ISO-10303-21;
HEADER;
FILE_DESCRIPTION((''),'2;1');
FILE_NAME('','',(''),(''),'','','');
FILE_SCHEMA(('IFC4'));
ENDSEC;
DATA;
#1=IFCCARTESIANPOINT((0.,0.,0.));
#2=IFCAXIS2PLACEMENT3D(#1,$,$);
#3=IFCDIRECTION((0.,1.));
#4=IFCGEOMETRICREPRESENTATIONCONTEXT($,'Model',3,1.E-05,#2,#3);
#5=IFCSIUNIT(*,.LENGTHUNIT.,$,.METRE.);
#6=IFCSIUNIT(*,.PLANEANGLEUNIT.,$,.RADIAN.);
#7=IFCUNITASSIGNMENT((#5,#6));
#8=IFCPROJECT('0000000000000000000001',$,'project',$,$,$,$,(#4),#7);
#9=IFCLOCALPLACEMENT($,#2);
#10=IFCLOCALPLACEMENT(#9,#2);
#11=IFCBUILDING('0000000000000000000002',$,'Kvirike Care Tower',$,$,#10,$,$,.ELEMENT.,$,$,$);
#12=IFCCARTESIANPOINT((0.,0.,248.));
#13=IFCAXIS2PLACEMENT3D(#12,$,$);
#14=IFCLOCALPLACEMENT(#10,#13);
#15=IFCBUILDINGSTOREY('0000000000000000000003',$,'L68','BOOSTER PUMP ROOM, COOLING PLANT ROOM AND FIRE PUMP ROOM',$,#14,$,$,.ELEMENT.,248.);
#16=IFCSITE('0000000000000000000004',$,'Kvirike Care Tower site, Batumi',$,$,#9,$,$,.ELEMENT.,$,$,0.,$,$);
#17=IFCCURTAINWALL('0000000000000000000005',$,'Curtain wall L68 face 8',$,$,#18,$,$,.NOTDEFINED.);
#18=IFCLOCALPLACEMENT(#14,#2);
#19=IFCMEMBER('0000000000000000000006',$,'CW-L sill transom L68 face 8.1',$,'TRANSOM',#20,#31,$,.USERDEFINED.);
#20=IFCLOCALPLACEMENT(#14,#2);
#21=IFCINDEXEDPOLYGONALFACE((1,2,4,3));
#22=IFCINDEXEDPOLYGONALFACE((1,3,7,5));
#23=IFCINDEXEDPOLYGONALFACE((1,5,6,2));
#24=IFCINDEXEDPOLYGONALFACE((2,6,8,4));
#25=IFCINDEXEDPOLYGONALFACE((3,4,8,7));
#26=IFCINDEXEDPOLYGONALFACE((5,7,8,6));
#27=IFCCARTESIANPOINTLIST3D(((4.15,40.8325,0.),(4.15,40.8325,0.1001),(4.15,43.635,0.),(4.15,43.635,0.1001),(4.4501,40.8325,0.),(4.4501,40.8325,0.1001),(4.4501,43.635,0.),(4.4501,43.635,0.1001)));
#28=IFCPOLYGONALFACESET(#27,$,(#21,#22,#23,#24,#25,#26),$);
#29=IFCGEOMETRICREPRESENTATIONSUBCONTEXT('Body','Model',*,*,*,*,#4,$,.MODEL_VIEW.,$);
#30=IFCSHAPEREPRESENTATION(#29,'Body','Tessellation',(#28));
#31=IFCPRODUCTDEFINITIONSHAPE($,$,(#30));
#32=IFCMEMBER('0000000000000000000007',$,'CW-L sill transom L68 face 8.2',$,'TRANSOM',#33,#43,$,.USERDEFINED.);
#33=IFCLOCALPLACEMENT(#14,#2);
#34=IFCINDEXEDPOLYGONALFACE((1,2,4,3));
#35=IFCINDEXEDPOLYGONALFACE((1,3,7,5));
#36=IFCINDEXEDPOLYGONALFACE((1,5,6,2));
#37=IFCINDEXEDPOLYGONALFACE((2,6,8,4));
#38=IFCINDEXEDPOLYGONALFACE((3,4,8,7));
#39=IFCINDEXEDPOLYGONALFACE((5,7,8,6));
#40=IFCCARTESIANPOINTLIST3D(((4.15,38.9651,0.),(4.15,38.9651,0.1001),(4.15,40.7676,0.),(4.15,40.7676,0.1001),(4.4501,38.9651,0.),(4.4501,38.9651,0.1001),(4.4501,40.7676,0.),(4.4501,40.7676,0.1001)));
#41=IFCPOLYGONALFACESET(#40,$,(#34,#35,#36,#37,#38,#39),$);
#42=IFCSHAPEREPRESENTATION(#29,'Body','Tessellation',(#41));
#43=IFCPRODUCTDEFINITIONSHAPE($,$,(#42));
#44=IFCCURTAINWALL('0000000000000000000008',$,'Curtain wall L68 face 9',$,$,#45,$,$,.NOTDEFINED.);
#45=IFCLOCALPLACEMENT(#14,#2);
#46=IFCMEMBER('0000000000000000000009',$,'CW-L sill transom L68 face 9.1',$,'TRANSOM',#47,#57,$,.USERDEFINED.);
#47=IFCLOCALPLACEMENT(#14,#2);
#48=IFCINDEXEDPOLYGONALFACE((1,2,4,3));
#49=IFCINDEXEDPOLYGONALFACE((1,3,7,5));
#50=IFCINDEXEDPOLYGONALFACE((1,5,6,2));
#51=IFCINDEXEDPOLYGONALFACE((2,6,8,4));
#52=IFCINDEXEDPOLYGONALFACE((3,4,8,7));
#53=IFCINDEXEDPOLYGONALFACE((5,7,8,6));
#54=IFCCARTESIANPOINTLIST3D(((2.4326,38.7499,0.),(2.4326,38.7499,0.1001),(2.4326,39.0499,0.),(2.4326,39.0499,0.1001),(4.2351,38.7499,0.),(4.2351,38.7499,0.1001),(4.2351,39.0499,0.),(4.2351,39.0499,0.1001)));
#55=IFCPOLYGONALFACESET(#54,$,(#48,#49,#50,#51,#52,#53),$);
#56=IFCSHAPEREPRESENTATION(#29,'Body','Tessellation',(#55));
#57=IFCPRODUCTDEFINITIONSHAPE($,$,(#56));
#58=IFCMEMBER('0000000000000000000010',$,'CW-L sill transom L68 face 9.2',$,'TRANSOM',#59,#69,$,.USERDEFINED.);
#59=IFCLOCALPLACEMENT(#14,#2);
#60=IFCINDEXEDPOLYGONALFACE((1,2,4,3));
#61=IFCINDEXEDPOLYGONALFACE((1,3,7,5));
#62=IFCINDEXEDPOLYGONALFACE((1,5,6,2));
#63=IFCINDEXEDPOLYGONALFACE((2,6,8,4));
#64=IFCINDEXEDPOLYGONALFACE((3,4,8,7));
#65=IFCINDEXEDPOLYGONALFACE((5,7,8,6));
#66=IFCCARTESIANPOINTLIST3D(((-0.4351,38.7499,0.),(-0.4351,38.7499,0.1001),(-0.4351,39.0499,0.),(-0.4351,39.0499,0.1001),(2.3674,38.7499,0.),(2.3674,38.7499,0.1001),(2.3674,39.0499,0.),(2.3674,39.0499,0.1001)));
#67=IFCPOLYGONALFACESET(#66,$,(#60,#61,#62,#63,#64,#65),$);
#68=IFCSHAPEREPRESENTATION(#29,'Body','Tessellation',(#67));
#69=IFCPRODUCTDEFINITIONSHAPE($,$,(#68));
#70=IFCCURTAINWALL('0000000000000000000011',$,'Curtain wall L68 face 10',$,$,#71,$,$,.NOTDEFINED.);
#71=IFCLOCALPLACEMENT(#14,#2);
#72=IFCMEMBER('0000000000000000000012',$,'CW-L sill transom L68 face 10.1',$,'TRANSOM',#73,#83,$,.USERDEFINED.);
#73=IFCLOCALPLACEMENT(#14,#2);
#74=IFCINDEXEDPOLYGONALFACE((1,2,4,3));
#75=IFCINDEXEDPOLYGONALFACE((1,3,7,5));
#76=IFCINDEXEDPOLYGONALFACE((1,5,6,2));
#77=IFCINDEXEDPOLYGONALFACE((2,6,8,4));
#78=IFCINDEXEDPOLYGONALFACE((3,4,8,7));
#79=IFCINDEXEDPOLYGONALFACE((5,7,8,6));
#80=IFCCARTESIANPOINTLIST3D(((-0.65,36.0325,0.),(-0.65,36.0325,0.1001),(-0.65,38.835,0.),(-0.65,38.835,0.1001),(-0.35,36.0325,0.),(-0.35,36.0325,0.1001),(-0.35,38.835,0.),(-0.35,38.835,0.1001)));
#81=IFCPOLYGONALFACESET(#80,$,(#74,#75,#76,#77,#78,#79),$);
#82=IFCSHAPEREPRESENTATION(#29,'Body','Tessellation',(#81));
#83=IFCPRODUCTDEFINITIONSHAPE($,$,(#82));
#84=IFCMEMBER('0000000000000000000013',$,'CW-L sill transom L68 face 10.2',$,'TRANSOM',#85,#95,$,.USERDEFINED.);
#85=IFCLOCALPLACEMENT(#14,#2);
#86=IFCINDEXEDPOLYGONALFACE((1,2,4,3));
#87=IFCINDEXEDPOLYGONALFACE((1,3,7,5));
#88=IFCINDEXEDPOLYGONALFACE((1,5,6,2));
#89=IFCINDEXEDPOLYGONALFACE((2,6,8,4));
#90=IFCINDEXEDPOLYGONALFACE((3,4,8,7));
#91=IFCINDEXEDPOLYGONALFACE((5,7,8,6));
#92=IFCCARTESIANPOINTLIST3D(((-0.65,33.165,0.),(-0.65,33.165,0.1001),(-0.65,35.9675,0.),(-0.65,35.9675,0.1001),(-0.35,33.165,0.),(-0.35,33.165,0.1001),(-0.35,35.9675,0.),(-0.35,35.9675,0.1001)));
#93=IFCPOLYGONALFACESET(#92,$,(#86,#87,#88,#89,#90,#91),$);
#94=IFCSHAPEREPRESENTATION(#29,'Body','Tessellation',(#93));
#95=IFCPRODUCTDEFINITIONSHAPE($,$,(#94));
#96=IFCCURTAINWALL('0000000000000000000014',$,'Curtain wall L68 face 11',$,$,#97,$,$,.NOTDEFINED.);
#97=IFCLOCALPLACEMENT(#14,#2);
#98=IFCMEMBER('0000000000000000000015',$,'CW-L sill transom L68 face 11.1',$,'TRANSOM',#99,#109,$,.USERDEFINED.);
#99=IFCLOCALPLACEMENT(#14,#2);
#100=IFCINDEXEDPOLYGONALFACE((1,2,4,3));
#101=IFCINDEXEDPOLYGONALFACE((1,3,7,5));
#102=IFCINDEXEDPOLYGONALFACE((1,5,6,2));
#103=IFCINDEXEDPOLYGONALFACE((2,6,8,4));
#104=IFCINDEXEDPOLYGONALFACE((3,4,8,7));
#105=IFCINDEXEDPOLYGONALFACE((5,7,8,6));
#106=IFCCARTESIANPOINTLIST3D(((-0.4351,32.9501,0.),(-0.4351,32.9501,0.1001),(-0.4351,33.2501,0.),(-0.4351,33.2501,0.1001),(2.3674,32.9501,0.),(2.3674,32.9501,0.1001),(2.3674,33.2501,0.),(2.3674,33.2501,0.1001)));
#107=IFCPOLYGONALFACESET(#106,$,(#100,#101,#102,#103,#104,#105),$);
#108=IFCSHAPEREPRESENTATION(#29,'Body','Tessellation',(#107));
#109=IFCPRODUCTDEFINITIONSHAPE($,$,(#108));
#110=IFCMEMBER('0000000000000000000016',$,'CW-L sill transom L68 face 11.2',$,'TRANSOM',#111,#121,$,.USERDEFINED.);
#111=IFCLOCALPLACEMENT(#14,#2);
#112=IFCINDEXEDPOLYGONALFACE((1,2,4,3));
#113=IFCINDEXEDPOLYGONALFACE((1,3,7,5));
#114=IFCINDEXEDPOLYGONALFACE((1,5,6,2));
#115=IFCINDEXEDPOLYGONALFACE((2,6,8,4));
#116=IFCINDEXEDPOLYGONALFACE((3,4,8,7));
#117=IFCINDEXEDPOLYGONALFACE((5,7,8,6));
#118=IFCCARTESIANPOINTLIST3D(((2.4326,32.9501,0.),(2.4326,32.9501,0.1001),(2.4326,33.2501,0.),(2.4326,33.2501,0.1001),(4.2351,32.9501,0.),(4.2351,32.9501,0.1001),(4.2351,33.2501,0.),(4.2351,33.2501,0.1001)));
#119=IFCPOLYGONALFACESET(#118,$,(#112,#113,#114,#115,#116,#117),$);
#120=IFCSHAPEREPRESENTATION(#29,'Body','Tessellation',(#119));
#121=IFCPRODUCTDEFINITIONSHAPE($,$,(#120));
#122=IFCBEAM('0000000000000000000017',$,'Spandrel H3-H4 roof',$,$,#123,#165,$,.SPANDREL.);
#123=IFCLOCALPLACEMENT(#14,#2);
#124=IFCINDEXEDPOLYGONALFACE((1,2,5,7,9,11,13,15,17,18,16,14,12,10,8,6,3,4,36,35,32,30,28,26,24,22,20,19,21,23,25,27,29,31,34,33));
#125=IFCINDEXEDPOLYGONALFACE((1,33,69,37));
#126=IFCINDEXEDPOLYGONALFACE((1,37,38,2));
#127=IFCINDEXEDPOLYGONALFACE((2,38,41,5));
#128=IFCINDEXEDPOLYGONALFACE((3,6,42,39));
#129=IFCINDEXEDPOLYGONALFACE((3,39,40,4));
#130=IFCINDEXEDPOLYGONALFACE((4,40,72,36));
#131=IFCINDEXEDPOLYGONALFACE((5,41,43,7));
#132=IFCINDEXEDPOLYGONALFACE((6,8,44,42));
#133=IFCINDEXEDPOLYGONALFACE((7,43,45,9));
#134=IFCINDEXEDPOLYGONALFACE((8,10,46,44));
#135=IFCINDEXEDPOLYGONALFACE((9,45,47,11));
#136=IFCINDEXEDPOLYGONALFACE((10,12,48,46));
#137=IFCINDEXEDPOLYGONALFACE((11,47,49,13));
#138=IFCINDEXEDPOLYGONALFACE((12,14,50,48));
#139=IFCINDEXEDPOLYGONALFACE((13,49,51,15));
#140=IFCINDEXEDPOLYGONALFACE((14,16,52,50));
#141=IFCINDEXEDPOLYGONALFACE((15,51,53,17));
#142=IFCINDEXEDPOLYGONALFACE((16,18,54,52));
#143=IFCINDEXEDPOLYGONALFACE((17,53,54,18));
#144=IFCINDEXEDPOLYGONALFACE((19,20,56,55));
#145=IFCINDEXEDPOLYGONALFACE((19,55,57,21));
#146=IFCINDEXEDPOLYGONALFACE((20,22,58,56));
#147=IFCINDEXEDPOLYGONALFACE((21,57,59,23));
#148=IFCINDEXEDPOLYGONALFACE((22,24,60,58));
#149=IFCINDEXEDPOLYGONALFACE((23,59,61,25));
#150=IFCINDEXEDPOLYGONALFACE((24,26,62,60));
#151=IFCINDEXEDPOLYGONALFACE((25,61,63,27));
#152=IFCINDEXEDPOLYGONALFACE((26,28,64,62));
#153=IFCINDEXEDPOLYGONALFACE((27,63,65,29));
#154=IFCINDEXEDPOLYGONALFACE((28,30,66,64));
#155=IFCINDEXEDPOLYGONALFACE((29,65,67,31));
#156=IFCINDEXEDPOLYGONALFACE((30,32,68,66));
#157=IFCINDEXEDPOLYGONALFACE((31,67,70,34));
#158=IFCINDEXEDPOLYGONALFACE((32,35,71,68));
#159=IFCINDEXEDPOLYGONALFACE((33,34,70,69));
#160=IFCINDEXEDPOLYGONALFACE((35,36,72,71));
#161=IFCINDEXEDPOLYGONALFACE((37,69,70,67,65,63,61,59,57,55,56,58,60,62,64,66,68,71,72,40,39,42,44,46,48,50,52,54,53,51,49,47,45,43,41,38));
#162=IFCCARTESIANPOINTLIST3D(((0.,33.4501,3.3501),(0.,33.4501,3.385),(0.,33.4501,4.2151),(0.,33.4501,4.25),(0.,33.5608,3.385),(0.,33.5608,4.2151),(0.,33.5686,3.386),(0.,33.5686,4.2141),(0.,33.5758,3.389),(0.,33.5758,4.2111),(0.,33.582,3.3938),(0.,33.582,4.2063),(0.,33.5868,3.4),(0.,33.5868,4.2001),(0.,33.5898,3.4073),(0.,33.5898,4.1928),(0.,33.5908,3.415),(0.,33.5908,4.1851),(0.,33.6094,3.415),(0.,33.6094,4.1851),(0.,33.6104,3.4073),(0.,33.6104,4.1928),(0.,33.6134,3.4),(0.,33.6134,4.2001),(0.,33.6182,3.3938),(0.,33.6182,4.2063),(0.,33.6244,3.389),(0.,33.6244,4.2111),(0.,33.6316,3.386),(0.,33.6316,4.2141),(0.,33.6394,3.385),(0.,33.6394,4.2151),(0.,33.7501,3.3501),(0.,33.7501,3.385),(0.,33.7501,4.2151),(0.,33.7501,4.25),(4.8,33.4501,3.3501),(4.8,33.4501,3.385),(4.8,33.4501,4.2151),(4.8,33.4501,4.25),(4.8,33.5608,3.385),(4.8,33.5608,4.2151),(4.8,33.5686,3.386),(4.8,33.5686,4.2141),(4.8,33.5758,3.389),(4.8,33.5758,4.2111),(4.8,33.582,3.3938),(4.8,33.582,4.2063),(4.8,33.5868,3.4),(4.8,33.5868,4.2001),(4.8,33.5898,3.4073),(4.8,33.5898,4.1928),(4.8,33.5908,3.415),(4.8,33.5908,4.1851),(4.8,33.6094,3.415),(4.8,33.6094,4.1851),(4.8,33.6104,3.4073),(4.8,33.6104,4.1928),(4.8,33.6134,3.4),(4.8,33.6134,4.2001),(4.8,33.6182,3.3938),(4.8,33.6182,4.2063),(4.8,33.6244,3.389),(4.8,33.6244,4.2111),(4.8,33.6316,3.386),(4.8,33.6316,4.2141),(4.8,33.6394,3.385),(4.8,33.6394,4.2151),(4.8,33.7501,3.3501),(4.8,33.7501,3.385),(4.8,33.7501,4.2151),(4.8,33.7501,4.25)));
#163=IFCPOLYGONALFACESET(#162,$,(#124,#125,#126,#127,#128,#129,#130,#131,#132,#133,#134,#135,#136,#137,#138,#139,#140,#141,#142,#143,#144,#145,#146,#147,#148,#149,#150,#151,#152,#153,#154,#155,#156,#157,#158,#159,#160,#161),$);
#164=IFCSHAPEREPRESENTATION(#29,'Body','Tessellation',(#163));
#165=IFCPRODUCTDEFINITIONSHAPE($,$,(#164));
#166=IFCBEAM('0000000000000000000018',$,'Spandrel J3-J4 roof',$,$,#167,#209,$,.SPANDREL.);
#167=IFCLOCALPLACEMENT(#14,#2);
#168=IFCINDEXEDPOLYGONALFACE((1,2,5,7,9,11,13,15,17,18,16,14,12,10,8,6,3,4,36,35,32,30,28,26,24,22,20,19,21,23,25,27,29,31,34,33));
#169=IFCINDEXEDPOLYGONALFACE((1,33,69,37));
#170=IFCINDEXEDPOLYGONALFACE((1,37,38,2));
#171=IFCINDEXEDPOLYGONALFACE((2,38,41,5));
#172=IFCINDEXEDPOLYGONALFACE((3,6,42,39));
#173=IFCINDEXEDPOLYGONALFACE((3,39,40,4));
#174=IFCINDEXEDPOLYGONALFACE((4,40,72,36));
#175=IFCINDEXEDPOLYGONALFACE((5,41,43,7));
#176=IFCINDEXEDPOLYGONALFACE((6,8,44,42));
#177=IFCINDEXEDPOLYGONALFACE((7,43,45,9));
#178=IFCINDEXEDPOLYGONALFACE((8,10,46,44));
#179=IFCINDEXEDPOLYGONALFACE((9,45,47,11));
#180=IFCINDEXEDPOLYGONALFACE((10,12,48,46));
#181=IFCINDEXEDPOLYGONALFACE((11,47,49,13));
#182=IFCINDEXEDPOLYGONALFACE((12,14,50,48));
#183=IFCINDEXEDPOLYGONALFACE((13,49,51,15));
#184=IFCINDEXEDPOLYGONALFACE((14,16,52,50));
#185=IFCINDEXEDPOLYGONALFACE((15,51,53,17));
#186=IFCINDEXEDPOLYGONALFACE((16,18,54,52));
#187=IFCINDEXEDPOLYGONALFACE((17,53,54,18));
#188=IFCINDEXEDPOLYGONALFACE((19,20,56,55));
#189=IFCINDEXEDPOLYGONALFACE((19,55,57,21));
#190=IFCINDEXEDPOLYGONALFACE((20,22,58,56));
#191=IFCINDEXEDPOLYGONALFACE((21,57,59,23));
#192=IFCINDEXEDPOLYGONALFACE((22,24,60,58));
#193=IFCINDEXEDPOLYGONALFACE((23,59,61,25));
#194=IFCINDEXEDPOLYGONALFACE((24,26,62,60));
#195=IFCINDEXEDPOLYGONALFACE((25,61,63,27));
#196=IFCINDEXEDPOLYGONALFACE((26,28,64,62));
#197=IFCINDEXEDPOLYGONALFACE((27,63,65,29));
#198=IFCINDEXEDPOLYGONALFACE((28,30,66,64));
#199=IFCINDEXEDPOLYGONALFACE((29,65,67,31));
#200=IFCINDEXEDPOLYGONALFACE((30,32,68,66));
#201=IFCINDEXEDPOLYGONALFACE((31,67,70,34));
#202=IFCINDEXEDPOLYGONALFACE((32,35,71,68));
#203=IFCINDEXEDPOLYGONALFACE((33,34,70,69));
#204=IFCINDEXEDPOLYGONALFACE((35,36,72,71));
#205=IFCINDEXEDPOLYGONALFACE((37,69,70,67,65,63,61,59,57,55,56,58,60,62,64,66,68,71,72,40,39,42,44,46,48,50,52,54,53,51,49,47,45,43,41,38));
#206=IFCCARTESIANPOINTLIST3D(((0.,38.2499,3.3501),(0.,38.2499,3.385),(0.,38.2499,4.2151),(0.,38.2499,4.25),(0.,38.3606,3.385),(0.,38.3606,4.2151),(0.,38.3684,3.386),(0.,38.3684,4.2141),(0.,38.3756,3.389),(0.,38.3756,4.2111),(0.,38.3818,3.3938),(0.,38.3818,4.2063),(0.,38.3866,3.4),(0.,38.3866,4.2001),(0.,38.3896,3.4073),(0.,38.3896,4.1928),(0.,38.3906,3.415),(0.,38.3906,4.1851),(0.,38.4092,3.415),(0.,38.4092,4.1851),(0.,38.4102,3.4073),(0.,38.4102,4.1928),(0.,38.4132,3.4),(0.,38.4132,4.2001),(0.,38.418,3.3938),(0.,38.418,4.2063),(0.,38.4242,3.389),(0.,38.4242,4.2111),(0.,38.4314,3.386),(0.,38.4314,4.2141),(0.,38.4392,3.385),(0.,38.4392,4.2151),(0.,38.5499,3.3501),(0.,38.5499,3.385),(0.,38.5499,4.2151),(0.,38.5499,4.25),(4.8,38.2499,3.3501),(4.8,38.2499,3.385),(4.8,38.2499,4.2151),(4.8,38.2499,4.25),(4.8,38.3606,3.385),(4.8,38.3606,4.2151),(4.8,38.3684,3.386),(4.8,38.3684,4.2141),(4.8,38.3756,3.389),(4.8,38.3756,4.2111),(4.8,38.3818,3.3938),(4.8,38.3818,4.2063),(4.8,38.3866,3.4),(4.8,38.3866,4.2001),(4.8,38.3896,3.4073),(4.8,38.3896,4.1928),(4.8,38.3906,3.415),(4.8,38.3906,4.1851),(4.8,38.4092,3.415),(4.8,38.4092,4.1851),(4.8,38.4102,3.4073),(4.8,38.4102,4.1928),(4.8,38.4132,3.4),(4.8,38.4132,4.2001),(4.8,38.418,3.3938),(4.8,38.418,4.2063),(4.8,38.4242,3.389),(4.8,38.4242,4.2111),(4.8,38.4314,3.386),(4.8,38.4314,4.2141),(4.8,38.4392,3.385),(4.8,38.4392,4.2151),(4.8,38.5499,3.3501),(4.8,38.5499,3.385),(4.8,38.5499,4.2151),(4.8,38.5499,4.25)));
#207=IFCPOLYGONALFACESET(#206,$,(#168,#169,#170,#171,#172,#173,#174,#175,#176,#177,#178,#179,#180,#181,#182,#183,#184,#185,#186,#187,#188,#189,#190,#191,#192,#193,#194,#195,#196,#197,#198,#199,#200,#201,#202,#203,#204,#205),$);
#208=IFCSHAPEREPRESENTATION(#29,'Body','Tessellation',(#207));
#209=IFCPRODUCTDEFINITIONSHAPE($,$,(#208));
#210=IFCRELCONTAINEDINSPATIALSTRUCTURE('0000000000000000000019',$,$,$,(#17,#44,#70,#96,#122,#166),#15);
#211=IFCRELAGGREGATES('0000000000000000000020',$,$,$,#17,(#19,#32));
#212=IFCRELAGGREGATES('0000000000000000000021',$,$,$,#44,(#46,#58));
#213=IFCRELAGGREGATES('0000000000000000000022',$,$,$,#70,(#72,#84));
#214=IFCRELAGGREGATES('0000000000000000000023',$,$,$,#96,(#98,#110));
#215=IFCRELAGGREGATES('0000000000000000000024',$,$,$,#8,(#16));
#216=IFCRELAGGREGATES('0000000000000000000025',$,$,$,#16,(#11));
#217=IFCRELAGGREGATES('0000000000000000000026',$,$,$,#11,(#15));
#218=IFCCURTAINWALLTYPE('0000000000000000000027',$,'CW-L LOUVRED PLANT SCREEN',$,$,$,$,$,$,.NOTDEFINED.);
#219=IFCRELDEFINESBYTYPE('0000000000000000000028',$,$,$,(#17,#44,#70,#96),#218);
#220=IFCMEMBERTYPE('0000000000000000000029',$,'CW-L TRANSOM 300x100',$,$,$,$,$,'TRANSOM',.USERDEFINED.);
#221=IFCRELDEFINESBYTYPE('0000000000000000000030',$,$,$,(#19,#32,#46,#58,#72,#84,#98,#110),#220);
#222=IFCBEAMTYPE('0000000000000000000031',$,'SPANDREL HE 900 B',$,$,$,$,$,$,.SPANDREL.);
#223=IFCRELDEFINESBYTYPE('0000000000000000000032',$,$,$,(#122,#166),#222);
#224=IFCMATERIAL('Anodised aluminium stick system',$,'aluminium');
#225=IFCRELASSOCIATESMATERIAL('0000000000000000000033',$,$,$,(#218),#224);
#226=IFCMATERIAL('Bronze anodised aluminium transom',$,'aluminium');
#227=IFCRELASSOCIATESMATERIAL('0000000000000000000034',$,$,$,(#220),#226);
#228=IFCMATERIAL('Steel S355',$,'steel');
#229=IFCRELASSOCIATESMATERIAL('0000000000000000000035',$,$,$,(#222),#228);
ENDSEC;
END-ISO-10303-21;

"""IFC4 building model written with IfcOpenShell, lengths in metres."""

from ifc_helpers import new_model, si_unit, direction, frame, origin, origin_2d, place, context, subcontext, project, spatial, rectangle, i_section, extrude, material, material_profile, profile_set, type_object, element, aggregate, save


model = new_model("IFC4")

# Units and contexts
model_context = context("Model", 3, precision=1e-05, world=origin(), true_north=direction((0.0, 1.0)))
body_context = subcontext(model_context, "Body", "Model", "MODEL_VIEW")
ifc_project = project(units=[si_unit("LENGTHUNIT", "METRE"), si_unit("PLANEANGLEUNIT", "RADIAN")], contexts=[model_context])

# Site, building, storey
site_placement = place(None, origin())
site = spatial("IfcSite", under=ifc_project, at=site_placement, Name="Kvirike Care Tower site, Batumi", CompositionType="ELEMENT", RefElevation=0.0)
building_placement = place(site_placement, origin())
building = spatial("IfcBuilding", under=site, at=building_placement, Name="Kvirike Care Tower", CompositionType="ELEMENT")
storey_placement = place(building_placement, frame((0.0, 0.0, 248.0)))
storey = spatial("IfcBuildingStorey", under=building, at=storey_placement, Name="L68", Description="BOOSTER PUMP ROOM, COOLING PLANT ROOM AND FIRE PUMP ROOM", CompositionType="ELEMENT", Elevation=248.0)

# Curtain walls, members
ifc_material_1 = material(Name="Anodised aluminium stick system", Category="aluminium")
curtain_wall_type = type_object("IfcCurtainWallType", Name="CW-L LOUVRED PLANT SCREEN", PredefinedType="NOTDEFINED", material=ifc_material_1)
curtain_wall_1_placement = place(storey_placement, origin())
curtain_wall_1 = element("IfcCurtainWall", 1, at=curtain_wall_1_placement, inside=storey, type_object=curtain_wall_type, Name="Curtain wall L68 face 8", PredefinedType="NOTDEFINED")
ifc_material_2 = material(Name="Bronze anodised aluminium transom", Category="aluminium")
ifc_material_profile_1 = material_profile(ifc_material_2, rectangle(XDim=0.3, YDim=0.1001, at=origin_2d()), Name="CW-L TRANSOM 300x100")
ifc_profile_set_1 = profile_set([ifc_material_profile_1], Name="Bronze anodised aluminium transom")
member_type = type_object("IfcMemberType", Name="CW-L TRANSOM 300x100", ElementType="TRANSOM", PredefinedType="USERDEFINED", material=ifc_profile_set_1)
member_1_placement = place(storey_placement, frame((4.3, 43.635, 0.05), z_axis=(0.0, -1.0, 0.0), x_axis=(1.0, 0.0, 0.0)))
member_1 = element("IfcMember", 2, at=member_1_placement, type_object=member_type, Name="CW-L sill transom L68 face 8.1", ObjectType="TRANSOM", PredefinedType="USERDEFINED", context=body_context, shape_type="SweptSolid", body=[
    extrude(rectangle(XDim=0.3, YDim=0.1001, at=origin_2d()), origin(), (0.0, 0.0, 1.0), 2.8025),
])
member_2_placement = place(storey_placement, frame((4.3, 40.7676, 0.05), z_axis=(0.0, -1.0, 0.0), x_axis=(1.0, 0.0, 0.0)))
member_2 = element("IfcMember", 3, at=member_2_placement, type_object=member_type, Name="CW-L sill transom L68 face 8.2", ObjectType="TRANSOM", PredefinedType="USERDEFINED", context=body_context, shape_type="SweptSolid", body=[
    extrude(rectangle(XDim=0.3, YDim=0.1001, at=origin_2d()), origin(), (0.0, 0.0, 1.0), 1.8025),
])
curtain_wall_2_placement = place(storey_placement, origin())
curtain_wall_2 = element("IfcCurtainWall", 4, at=curtain_wall_2_placement, inside=storey, type_object=curtain_wall_type, Name="Curtain wall L68 face 9", PredefinedType="NOTDEFINED")
member_3_placement = place(storey_placement, frame((4.2351, 38.8999, 0.05), z_axis=(-1.0, 0.0, 0.0), x_axis=(0.0, -1.0, 0.0)))
member_3 = element("IfcMember", 5, at=member_3_placement, type_object=member_type, Name="CW-L sill transom L68 face 9.1", ObjectType="TRANSOM", PredefinedType="USERDEFINED", context=body_context, shape_type="SweptSolid", body=[
    extrude(rectangle(XDim=0.3, YDim=0.1001, at=origin_2d()), origin(), (0.0, 0.0, 1.0), 1.8025),
])
member_4_placement = place(storey_placement, frame((2.3674, 38.8999, 0.05), z_axis=(-1.0, 0.0, 0.0), x_axis=(0.0, -1.0, 0.0)))
member_4 = element("IfcMember", 6, at=member_4_placement, type_object=member_type, Name="CW-L sill transom L68 face 9.2", ObjectType="TRANSOM", PredefinedType="USERDEFINED", context=body_context, shape_type="SweptSolid", body=[
    extrude(rectangle(XDim=0.3, YDim=0.1001, at=origin_2d()), origin(), (0.0, 0.0, 1.0), 2.8025),
])
curtain_wall_3_placement = place(storey_placement, origin())
curtain_wall_3 = element("IfcCurtainWall", 7, at=curtain_wall_3_placement, inside=storey, type_object=curtain_wall_type, Name="Curtain wall L68 face 10", PredefinedType="NOTDEFINED")
member_5_placement = place(storey_placement, frame((-0.5, 38.835, 0.05), z_axis=(0.0, -1.0, 0.0), x_axis=(1.0, 0.0, 0.0)))
member_5 = element("IfcMember", 8, at=member_5_placement, type_object=member_type, Name="CW-L sill transom L68 face 10.1", ObjectType="TRANSOM", PredefinedType="USERDEFINED", context=body_context, shape_type="SweptSolid", body=[
    extrude(rectangle(XDim=0.3, YDim=0.1001, at=origin_2d()), origin(), (0.0, 0.0, 1.0), 2.8025),
])
member_6_placement = place(storey_placement, frame((-0.5, 35.9675, 0.05), z_axis=(0.0, -1.0, 0.0), x_axis=(1.0, 0.0, 0.0)))
member_6 = element("IfcMember", 9, at=member_6_placement, type_object=member_type, Name="CW-L sill transom L68 face 10.2", ObjectType="TRANSOM", PredefinedType="USERDEFINED", context=body_context, shape_type="SweptSolid", body=[
    extrude(rectangle(XDim=0.3, YDim=0.1001, at=origin_2d()), origin(), (0.0, 0.0, 1.0), 2.8025),
])
curtain_wall_4_placement = place(storey_placement, origin())
curtain_wall_4 = element("IfcCurtainWall", 10, at=curtain_wall_4_placement, inside=storey, type_object=curtain_wall_type, Name="Curtain wall L68 face 11", PredefinedType="NOTDEFINED")
member_7_placement = place(storey_placement, frame((-0.4351, 33.1001, 0.05), z_axis=(1.0, 0.0, 0.0), x_axis=(0.0, 1.0, 0.0)))
member_7 = element("IfcMember", 11, at=member_7_placement, type_object=member_type, Name="CW-L sill transom L68 face 11.1", ObjectType="TRANSOM", PredefinedType="USERDEFINED", context=body_context, shape_type="SweptSolid", body=[
    extrude(rectangle(XDim=0.3, YDim=0.1001, at=origin_2d()), origin(), (0.0, 0.0, 1.0), 2.8025),
])
member_8_placement = place(storey_placement, frame((2.4326, 33.1001, 0.05), z_axis=(1.0, 0.0, 0.0), x_axis=(0.0, 1.0, 0.0)))
member_8 = element("IfcMember", 12, at=member_8_placement, type_object=member_type, Name="CW-L sill transom L68 face 11.2", ObjectType="TRANSOM", PredefinedType="USERDEFINED", context=body_context, shape_type="SweptSolid", body=[
    extrude(rectangle(XDim=0.3, YDim=0.1001, at=origin_2d()), origin(), (0.0, 0.0, 1.0), 1.8025),
])

# Beams
ifc_material_3 = material(Name="Steel S355", Category="steel")
ifc_material_profile_2 = material_profile(ifc_material_3, i_section(OverallWidth=0.3, OverallDepth=0.8999, WebThickness=0.0186, FlangeThickness=0.0349, FilletRadius=0.03, at=origin_2d()), Name="HE 900 B")
ifc_profile_set_2 = profile_set([ifc_material_profile_2], Name="Steel S355")
beam_type_1 = type_object("IfcBeamType", Name="SPANDREL HE 900 B", PredefinedType="SPANDREL", material=ifc_profile_set_2)
for number, where, z_axis, x_axis, name in (
    (13, (0.0, 33.6001, 3.8), (1.0, 0.0, 0.0), (0.0, 1.0, 0.0), "Spandrel H3-H4 roof"),
    (14, (0.0, 38.3999, 3.8), (1.0, 0.0, 0.0), (0.0, 1.0, 0.0), "Spandrel J3-J4 roof"),
):
    element("IfcBeam", number, at=place(storey_placement, frame(where, z_axis=z_axis, x_axis=x_axis)), inside=storey, type_object=beam_type_1, Name=name, PredefinedType="SPANDREL", context=body_context, shape_type="SweptSolid", body=[
        extrude(i_section(OverallWidth=0.3, OverallDepth=0.8999, WebThickness=0.0186, FlangeThickness=0.0349, FilletRadius=0.03, at=origin_2d()), origin(), (0.0, 0.0, 1.0), 4.8),
    ])

aggregate(curtain_wall_1, [member_1, member_2])
aggregate(curtain_wall_2, [member_3, member_4])
aggregate(curtain_wall_3, [member_5, member_6])
aggregate(curtain_wall_4, [member_7, member_8])

save(model, "model.ifc")
